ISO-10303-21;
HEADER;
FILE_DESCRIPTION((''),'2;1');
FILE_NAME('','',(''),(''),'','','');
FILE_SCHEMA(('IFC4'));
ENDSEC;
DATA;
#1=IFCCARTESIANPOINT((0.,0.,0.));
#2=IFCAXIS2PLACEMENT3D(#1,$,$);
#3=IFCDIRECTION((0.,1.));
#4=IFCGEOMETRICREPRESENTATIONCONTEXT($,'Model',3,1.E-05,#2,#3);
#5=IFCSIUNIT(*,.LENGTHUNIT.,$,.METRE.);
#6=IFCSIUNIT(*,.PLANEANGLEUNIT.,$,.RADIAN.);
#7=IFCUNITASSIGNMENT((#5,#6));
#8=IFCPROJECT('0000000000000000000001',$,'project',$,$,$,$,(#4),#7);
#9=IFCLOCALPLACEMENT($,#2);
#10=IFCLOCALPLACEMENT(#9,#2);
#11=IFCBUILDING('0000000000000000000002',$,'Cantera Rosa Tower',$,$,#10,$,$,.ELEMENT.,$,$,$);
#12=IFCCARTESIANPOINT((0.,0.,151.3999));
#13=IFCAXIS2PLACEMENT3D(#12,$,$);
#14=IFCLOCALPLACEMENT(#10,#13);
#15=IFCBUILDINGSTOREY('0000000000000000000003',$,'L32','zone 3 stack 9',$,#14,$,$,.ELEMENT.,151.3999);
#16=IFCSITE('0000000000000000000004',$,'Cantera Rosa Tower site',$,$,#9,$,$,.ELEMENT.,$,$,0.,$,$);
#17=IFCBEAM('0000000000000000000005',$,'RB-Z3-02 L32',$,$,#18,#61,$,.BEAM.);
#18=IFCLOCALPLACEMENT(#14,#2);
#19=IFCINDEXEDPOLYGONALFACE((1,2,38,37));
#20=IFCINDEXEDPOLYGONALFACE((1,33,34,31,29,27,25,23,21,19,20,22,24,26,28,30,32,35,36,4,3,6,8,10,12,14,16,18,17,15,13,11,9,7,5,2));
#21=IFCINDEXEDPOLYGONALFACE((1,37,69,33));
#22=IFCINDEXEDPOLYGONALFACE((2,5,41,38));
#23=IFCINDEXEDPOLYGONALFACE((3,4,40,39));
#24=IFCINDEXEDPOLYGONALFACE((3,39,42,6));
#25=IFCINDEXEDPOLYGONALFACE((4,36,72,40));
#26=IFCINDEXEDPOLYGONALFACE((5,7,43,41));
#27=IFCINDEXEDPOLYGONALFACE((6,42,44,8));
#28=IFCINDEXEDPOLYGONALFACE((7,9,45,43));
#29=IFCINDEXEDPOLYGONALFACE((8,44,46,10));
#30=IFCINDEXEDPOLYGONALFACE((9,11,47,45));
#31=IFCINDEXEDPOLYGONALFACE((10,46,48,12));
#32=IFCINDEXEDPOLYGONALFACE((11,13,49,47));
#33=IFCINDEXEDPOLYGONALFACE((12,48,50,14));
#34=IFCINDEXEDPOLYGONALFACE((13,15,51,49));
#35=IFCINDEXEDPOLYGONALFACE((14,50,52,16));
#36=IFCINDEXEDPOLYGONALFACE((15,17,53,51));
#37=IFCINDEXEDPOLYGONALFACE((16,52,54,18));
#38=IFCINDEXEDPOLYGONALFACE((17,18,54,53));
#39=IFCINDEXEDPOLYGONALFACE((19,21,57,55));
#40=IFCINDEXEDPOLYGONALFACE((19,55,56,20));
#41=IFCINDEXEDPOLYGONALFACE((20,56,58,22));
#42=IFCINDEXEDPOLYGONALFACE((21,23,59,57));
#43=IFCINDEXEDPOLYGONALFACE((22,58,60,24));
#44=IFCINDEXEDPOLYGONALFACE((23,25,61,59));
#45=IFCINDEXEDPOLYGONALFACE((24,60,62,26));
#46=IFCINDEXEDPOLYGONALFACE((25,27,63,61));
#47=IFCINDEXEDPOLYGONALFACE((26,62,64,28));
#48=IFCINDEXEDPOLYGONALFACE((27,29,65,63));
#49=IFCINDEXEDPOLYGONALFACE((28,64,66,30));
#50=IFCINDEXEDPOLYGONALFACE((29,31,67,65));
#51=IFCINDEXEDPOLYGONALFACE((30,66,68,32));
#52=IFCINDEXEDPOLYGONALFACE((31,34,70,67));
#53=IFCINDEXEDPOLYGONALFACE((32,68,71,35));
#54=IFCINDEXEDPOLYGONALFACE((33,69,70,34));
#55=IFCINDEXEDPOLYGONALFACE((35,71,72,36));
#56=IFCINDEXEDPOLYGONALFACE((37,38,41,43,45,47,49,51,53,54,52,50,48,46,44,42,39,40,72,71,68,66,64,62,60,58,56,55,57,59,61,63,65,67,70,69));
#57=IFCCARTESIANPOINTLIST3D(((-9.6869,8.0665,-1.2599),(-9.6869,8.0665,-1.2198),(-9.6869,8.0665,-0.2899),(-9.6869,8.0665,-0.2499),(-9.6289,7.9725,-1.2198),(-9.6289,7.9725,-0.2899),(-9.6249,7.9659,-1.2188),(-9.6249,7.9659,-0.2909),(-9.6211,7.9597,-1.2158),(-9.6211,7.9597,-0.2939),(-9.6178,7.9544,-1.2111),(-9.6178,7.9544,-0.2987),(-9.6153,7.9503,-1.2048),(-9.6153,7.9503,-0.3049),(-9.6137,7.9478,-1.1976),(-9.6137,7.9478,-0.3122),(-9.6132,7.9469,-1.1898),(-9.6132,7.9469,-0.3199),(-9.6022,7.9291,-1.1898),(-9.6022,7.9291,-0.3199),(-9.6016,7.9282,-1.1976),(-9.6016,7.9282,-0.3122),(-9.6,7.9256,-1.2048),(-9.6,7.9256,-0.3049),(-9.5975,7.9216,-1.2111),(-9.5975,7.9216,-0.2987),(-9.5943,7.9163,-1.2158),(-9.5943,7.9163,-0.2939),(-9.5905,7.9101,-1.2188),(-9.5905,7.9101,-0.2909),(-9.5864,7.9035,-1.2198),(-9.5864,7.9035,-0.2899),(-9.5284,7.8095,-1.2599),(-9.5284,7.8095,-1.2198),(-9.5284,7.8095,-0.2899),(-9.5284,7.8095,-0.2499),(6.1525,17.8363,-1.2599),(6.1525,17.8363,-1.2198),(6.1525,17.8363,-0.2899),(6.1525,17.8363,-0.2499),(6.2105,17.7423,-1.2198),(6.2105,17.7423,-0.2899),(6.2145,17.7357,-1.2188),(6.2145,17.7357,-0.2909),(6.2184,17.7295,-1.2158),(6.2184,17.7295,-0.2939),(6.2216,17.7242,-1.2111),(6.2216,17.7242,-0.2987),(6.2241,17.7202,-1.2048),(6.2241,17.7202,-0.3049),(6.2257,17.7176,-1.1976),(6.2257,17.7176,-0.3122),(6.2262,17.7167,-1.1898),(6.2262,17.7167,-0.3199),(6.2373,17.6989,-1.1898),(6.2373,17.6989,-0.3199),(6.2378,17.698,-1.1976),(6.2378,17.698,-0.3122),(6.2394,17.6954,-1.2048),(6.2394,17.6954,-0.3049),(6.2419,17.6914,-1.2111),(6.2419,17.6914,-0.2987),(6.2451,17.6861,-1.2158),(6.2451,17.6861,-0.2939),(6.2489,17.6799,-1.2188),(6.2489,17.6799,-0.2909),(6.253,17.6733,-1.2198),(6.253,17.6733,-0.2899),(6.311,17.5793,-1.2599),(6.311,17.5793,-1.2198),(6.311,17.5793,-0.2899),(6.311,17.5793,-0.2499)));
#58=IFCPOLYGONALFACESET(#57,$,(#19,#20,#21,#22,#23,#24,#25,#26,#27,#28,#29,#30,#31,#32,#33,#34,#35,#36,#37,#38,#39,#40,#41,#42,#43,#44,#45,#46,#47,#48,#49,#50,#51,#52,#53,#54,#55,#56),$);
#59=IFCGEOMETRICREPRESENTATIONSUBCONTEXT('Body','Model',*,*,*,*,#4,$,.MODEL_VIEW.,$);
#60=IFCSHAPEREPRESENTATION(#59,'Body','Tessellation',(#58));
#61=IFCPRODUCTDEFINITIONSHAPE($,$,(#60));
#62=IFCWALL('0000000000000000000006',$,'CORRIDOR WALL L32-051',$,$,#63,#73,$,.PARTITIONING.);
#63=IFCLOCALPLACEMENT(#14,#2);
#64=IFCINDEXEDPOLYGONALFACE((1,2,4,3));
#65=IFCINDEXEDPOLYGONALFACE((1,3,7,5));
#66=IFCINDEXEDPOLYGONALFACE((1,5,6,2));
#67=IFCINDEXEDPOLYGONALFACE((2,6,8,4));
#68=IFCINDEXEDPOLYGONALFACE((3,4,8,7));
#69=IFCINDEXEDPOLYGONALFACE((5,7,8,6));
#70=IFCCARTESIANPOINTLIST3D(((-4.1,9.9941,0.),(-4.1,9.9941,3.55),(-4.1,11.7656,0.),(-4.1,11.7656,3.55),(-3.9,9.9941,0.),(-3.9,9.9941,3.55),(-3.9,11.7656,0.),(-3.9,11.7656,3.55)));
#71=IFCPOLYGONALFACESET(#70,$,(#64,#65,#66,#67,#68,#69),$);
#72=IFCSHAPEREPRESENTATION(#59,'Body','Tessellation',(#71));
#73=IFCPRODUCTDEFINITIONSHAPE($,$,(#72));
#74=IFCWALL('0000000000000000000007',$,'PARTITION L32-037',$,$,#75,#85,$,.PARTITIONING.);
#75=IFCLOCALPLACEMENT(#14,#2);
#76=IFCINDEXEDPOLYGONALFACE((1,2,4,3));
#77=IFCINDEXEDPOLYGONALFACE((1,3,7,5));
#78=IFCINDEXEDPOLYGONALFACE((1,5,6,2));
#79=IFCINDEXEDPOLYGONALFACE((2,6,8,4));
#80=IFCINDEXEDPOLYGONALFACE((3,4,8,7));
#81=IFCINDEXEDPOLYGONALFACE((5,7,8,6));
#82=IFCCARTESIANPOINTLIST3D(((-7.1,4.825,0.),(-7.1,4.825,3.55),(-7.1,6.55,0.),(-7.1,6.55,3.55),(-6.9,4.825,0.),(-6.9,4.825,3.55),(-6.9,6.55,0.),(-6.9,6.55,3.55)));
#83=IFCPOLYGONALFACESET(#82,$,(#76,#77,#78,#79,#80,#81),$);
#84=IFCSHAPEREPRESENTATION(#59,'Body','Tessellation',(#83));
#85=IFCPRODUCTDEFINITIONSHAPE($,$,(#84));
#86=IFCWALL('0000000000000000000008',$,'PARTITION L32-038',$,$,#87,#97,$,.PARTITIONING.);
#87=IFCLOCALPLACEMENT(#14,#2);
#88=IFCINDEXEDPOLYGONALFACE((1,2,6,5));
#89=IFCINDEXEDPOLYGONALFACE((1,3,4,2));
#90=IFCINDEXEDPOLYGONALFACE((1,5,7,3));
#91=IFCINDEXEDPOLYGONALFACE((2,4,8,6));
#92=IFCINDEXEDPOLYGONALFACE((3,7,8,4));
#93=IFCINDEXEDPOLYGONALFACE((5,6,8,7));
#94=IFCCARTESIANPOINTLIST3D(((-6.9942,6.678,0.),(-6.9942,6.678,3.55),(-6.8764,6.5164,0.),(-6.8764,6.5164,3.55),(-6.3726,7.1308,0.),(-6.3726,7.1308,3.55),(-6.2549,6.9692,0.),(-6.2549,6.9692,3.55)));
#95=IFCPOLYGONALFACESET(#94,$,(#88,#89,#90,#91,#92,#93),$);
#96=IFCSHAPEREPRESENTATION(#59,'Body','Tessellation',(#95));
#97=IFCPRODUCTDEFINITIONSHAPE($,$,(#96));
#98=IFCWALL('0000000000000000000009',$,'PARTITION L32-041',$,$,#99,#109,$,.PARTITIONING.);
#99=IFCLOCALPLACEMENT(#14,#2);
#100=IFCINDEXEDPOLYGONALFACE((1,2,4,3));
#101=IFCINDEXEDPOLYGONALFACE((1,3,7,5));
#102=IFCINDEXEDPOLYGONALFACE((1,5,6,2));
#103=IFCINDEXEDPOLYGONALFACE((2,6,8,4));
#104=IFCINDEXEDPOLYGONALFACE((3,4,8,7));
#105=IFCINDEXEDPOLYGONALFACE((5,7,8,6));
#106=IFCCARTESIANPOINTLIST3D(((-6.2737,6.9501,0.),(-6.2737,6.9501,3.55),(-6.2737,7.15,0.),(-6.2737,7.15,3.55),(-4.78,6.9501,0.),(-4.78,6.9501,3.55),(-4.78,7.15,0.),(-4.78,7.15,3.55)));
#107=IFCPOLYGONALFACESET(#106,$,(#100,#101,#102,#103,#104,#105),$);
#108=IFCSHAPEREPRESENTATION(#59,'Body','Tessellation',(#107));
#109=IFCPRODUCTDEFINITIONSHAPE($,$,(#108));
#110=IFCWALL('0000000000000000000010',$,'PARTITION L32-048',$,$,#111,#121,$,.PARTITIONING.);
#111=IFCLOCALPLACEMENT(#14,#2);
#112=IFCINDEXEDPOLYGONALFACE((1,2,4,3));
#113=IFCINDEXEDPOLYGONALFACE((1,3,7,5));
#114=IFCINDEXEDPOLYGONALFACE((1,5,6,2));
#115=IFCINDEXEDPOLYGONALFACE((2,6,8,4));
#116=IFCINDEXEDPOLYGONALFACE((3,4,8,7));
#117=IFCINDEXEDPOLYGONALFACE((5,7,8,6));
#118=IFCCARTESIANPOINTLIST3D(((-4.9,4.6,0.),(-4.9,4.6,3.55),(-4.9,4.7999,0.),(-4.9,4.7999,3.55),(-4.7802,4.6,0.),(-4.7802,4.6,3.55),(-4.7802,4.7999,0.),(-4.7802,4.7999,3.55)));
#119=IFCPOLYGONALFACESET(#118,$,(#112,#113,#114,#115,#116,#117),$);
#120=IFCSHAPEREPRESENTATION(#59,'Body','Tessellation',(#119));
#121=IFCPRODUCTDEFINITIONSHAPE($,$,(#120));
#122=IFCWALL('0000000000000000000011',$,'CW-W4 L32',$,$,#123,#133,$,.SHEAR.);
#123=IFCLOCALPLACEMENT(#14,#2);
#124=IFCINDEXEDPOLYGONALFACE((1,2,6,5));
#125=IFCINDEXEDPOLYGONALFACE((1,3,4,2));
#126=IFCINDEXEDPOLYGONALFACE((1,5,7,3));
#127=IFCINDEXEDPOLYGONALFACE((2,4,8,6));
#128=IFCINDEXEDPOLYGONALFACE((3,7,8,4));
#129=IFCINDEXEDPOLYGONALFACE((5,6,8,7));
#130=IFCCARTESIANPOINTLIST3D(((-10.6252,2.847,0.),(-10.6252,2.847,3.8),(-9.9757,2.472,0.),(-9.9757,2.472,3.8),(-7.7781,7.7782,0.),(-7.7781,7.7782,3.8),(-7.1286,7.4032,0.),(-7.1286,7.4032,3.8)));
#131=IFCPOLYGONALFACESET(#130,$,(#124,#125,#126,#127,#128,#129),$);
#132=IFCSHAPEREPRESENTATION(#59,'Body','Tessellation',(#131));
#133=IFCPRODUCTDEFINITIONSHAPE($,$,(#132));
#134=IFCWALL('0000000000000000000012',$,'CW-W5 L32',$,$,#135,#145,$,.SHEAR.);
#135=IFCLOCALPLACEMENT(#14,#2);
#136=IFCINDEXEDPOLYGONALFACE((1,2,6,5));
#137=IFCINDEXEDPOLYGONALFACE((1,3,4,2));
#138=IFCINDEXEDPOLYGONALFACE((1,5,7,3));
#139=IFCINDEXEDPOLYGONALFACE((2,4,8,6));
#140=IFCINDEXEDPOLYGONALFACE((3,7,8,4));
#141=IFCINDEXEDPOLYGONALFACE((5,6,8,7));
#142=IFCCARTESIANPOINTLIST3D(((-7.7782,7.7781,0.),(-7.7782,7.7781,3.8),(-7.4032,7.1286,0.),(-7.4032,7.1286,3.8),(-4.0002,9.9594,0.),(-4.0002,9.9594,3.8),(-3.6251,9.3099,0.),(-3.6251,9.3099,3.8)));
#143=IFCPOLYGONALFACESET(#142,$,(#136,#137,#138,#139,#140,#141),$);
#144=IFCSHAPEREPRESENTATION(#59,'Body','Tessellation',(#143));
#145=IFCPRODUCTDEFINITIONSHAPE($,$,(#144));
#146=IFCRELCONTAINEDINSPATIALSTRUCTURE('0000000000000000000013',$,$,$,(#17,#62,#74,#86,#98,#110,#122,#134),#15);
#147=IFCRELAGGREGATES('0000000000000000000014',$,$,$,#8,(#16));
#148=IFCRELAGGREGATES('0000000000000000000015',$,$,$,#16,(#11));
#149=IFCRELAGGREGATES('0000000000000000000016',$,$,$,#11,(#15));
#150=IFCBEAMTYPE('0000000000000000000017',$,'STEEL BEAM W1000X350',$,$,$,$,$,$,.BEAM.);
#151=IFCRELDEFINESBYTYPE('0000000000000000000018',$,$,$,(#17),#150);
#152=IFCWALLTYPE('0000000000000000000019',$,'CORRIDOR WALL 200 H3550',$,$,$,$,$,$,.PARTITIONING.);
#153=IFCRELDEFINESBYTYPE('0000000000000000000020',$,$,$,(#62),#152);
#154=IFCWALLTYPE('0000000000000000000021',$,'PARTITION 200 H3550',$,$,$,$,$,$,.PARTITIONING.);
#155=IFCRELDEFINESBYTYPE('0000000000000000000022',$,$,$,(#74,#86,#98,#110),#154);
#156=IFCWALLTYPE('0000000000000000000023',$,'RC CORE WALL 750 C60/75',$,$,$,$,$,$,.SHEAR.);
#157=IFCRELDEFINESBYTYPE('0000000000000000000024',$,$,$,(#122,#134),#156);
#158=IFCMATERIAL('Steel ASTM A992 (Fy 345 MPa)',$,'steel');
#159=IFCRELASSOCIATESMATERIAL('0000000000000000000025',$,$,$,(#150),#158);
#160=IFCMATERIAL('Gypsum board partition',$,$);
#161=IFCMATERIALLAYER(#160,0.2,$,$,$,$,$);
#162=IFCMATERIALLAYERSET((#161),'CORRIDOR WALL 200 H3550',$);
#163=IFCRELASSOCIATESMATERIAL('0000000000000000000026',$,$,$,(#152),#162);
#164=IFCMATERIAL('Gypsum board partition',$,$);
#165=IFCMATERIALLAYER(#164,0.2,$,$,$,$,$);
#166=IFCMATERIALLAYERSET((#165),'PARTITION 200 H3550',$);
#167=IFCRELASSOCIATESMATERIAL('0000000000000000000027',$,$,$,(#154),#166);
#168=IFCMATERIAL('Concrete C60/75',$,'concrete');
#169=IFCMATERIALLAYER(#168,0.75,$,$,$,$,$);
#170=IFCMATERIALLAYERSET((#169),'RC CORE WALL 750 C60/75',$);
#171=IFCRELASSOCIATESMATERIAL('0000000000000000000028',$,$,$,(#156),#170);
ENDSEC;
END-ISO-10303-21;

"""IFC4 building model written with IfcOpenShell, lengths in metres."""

from ifc_helpers import new_model, si_unit, direction, frame, frame_2d, origin, origin_2d, place, context, subcontext, project, spatial, rectangle, i_section, extrude, material, layer, layer_set, material_profile, profile_set, type_object, element, save


model = new_model("IFC4")

# Units and contexts
model_context = context("Model", 3, precision=1e-05, world=origin(), true_north=direction((0.0, 1.0)))
body_context = subcontext(model_context, "Body", "Model", "MODEL_VIEW")
ifc_project = project(units=[si_unit("LENGTHUNIT", "METRE"), si_unit("PLANEANGLEUNIT", "RADIAN")], contexts=[model_context])

# Site, building, storey
site_placement = place(None, origin())
site = spatial("IfcSite", under=ifc_project, at=site_placement, Name="Cantera Rosa Tower site", CompositionType="ELEMENT", RefElevation=0.0)
building_placement = place(site_placement, origin())
building = spatial("IfcBuilding", under=site, at=building_placement, Name="Cantera Rosa Tower", CompositionType="ELEMENT")
storey_placement = place(building_placement, frame((0.0, 0.0, 151.3999)))
storey = spatial("IfcBuildingStorey", under=building, at=storey_placement, Name="L32", Description="zone 3 stack 9", CompositionType="ELEMENT", Elevation=151.3999)

# Beam
ifc_material_1 = material(Name="Steel ASTM A992 (Fy 345 MPa)", Category="steel")
ifc_material_profile = material_profile(ifc_material_1, i_section(OverallWidth=0.302, OverallDepth=1.01, WebThickness=0.021, FlangeThickness=0.04, FilletRadius=0.03, at=origin_2d()), Name="W1000X350")
ifc_profile_set = profile_set([ifc_material_profile], Name="Steel ASTM A992 (Fy 345 MPa)")
beam_type = type_object("IfcBeamType", Name="STEEL BEAM W1000X350", PredefinedType="BEAM", material=ifc_profile_set)
beam_placement = place(storey_placement, frame((-9.6077, 7.938, -0.7549), z_axis=(0.851119, 0.524973, 0.0), x_axis=(-0.524973, 0.851119, 0.0)))
element("IfcBeam", 1, at=beam_placement, inside=storey, type_object=beam_type, Name="RB-Z3-02 L32", PredefinedType="BEAM", context=body_context, shape_type="SweptSolid", body=[
    extrude(i_section(OverallWidth=0.302, OverallDepth=1.01, WebThickness=0.021, FlangeThickness=0.04, FilletRadius=0.03, at=origin_2d()), origin(), (0.0, 0.0, 1.0), 18.6101),
])

# Walls
ifc_material_2 = material(Name="Gypsum board partition")
ifc_layer_1 = layer(ifc_material_2, 0.2)
ifc_layer_set_1 = layer_set([ifc_layer_1], Name="CORRIDOR WALL 200 H3550")
wall_type_1 = type_object("IfcWallType", Name="CORRIDOR WALL 200 H3550", PredefinedType="PARTITIONING", material=ifc_layer_set_1)
wall_1_placement = place(storey_placement, frame((-4.0, 11.7656, 0.0), z_axis=(0.0, 0.0, 1.0), x_axis=(0.0, -1.0, 0.0)))
element("IfcWall", 2, at=wall_1_placement, inside=storey, type_object=wall_type_1, Name="CORRIDOR WALL L32-051", PredefinedType="PARTITIONING", context=body_context, shape_type="SweptSolid", body=[
    extrude(rectangle(XDim=1.7715, YDim=0.2, at=frame_2d((0.8857, 0.0))), origin(), (0.0, 0.0, 1.0), 3.55),
])
ifc_material_3 = material(Name="Gypsum board partition")
ifc_layer_2 = layer(ifc_material_3, 0.2)
ifc_layer_set_2 = layer_set([ifc_layer_2], Name="PARTITION 200 H3550")
wall_type_2 = type_object("IfcWallType", Name="PARTITION 200 H3550", PredefinedType="PARTITIONING", material=ifc_layer_set_2)
wall_2_placement = place(storey_placement, frame((-7.0, 4.825, 0.0), z_axis=(0.0, 0.0, 1.0), x_axis=(0.0, 1.0, 0.0)))
element("IfcWall", 3, at=wall_2_placement, inside=storey, type_object=wall_type_2, Name="PARTITION L32-037", PredefinedType="PARTITIONING", context=body_context, shape_type="SweptSolid", body=[
    extrude(rectangle(XDim=1.7251, YDim=0.2, at=frame_2d((0.8625, 0.0))), origin(), (0.0, 0.0, 1.0), 3.55),
])
wall_3_placement = place(storey_placement, frame((-6.9353, 6.5972, 0.0), z_axis=(0.0, 0.0, 1.0), x_axis=(0.808228, 0.58887, 0.0)))
element("IfcWall", 4, at=wall_3_placement, inside=storey, type_object=wall_type_2, Name="PARTITION L32-038", PredefinedType="PARTITIONING", context=body_context, shape_type="SweptSolid", body=[
    extrude(rectangle(XDim=0.769, YDim=0.2, at=frame_2d((0.3845, 0.0))), origin(), (0.0, 0.0, 1.0), 3.55),
])
wall_4_placement = place(storey_placement, frame((-6.2737, 7.05, 0.0), z_axis=(0.0, 0.0, 1.0), x_axis=(1.0, 0.0, 0.0)))
element("IfcWall", 5, at=wall_4_placement, inside=storey, type_object=wall_type_2, Name="PARTITION L32-041", PredefinedType="PARTITIONING", context=body_context, shape_type="SweptSolid", body=[
    extrude(rectangle(XDim=1.4937, YDim=0.2, at=frame_2d((0.7468, 0.0))), origin(), (0.0, 0.0, 1.0), 3.55),
])
wall_5_placement = place(storey_placement, frame((-4.78, 4.7, 0.0), z_axis=(0.0, 0.0, 1.0), x_axis=(-1.0, 0.0, 0.0)))
element("IfcWall", 6, at=wall_5_placement, inside=storey, type_object=wall_type_2, Name="PARTITION L32-048", PredefinedType="PARTITIONING", context=body_context, shape_type="SweptSolid", body=[
    extrude(rectangle(XDim=0.1199, YDim=0.2, at=frame_2d((0.0601, 0.0))), origin(), (0.0, 0.0, 1.0), 3.55),
])
ifc_material_4 = material(Name="Concrete C60/75", Category="concrete")
ifc_layer_3 = layer(ifc_material_4, 0.75)
ifc_layer_set_3 = layer_set([ifc_layer_3], Name="RC CORE WALL 750 C60/75")
wall_type_3 = type_object("IfcWallType", Name="RC CORE WALL 750 C60/75", PredefinedType="SHEAR", material=ifc_layer_set_3)
wall_6_placement = place(storey_placement, frame((-10.3005, 2.6594, 0.0), z_axis=(0.0, 0.0, 1.0), x_axis=(0.500022, 0.866013, 0.0)))
element("IfcWall", 7, at=wall_6_placement, inside=storey, type_object=wall_type_3, Name="CW-W4 L32", PredefinedType="SHEAR", context=body_context, shape_type="SweptSolid", body=[
    extrude(rectangle(XDim=5.6941, YDim=0.75, at=frame_2d((2.8472, 0.0))), origin(), (0.0, 0.0, 1.0), 3.8),
])
wall_7_placement = place(storey_placement, frame((-7.5906, 7.4534, 0.0), z_axis=(0.0, 0.0, 1.0), x_axis=(0.866013, 0.500021, 0.0)))
element("IfcWall", 8, at=wall_7_placement, inside=storey, type_object=wall_type_3, Name="CW-W5 L32", PredefinedType="SHEAR", context=body_context, shape_type="SweptSolid", body=[
    extrude(rectangle(XDim=4.3625, YDim=0.75, at=frame_2d((2.1812, 0.0))), origin(), (0.0, 0.0, 1.0), 3.8),
])

save(model, "model.ifc")
